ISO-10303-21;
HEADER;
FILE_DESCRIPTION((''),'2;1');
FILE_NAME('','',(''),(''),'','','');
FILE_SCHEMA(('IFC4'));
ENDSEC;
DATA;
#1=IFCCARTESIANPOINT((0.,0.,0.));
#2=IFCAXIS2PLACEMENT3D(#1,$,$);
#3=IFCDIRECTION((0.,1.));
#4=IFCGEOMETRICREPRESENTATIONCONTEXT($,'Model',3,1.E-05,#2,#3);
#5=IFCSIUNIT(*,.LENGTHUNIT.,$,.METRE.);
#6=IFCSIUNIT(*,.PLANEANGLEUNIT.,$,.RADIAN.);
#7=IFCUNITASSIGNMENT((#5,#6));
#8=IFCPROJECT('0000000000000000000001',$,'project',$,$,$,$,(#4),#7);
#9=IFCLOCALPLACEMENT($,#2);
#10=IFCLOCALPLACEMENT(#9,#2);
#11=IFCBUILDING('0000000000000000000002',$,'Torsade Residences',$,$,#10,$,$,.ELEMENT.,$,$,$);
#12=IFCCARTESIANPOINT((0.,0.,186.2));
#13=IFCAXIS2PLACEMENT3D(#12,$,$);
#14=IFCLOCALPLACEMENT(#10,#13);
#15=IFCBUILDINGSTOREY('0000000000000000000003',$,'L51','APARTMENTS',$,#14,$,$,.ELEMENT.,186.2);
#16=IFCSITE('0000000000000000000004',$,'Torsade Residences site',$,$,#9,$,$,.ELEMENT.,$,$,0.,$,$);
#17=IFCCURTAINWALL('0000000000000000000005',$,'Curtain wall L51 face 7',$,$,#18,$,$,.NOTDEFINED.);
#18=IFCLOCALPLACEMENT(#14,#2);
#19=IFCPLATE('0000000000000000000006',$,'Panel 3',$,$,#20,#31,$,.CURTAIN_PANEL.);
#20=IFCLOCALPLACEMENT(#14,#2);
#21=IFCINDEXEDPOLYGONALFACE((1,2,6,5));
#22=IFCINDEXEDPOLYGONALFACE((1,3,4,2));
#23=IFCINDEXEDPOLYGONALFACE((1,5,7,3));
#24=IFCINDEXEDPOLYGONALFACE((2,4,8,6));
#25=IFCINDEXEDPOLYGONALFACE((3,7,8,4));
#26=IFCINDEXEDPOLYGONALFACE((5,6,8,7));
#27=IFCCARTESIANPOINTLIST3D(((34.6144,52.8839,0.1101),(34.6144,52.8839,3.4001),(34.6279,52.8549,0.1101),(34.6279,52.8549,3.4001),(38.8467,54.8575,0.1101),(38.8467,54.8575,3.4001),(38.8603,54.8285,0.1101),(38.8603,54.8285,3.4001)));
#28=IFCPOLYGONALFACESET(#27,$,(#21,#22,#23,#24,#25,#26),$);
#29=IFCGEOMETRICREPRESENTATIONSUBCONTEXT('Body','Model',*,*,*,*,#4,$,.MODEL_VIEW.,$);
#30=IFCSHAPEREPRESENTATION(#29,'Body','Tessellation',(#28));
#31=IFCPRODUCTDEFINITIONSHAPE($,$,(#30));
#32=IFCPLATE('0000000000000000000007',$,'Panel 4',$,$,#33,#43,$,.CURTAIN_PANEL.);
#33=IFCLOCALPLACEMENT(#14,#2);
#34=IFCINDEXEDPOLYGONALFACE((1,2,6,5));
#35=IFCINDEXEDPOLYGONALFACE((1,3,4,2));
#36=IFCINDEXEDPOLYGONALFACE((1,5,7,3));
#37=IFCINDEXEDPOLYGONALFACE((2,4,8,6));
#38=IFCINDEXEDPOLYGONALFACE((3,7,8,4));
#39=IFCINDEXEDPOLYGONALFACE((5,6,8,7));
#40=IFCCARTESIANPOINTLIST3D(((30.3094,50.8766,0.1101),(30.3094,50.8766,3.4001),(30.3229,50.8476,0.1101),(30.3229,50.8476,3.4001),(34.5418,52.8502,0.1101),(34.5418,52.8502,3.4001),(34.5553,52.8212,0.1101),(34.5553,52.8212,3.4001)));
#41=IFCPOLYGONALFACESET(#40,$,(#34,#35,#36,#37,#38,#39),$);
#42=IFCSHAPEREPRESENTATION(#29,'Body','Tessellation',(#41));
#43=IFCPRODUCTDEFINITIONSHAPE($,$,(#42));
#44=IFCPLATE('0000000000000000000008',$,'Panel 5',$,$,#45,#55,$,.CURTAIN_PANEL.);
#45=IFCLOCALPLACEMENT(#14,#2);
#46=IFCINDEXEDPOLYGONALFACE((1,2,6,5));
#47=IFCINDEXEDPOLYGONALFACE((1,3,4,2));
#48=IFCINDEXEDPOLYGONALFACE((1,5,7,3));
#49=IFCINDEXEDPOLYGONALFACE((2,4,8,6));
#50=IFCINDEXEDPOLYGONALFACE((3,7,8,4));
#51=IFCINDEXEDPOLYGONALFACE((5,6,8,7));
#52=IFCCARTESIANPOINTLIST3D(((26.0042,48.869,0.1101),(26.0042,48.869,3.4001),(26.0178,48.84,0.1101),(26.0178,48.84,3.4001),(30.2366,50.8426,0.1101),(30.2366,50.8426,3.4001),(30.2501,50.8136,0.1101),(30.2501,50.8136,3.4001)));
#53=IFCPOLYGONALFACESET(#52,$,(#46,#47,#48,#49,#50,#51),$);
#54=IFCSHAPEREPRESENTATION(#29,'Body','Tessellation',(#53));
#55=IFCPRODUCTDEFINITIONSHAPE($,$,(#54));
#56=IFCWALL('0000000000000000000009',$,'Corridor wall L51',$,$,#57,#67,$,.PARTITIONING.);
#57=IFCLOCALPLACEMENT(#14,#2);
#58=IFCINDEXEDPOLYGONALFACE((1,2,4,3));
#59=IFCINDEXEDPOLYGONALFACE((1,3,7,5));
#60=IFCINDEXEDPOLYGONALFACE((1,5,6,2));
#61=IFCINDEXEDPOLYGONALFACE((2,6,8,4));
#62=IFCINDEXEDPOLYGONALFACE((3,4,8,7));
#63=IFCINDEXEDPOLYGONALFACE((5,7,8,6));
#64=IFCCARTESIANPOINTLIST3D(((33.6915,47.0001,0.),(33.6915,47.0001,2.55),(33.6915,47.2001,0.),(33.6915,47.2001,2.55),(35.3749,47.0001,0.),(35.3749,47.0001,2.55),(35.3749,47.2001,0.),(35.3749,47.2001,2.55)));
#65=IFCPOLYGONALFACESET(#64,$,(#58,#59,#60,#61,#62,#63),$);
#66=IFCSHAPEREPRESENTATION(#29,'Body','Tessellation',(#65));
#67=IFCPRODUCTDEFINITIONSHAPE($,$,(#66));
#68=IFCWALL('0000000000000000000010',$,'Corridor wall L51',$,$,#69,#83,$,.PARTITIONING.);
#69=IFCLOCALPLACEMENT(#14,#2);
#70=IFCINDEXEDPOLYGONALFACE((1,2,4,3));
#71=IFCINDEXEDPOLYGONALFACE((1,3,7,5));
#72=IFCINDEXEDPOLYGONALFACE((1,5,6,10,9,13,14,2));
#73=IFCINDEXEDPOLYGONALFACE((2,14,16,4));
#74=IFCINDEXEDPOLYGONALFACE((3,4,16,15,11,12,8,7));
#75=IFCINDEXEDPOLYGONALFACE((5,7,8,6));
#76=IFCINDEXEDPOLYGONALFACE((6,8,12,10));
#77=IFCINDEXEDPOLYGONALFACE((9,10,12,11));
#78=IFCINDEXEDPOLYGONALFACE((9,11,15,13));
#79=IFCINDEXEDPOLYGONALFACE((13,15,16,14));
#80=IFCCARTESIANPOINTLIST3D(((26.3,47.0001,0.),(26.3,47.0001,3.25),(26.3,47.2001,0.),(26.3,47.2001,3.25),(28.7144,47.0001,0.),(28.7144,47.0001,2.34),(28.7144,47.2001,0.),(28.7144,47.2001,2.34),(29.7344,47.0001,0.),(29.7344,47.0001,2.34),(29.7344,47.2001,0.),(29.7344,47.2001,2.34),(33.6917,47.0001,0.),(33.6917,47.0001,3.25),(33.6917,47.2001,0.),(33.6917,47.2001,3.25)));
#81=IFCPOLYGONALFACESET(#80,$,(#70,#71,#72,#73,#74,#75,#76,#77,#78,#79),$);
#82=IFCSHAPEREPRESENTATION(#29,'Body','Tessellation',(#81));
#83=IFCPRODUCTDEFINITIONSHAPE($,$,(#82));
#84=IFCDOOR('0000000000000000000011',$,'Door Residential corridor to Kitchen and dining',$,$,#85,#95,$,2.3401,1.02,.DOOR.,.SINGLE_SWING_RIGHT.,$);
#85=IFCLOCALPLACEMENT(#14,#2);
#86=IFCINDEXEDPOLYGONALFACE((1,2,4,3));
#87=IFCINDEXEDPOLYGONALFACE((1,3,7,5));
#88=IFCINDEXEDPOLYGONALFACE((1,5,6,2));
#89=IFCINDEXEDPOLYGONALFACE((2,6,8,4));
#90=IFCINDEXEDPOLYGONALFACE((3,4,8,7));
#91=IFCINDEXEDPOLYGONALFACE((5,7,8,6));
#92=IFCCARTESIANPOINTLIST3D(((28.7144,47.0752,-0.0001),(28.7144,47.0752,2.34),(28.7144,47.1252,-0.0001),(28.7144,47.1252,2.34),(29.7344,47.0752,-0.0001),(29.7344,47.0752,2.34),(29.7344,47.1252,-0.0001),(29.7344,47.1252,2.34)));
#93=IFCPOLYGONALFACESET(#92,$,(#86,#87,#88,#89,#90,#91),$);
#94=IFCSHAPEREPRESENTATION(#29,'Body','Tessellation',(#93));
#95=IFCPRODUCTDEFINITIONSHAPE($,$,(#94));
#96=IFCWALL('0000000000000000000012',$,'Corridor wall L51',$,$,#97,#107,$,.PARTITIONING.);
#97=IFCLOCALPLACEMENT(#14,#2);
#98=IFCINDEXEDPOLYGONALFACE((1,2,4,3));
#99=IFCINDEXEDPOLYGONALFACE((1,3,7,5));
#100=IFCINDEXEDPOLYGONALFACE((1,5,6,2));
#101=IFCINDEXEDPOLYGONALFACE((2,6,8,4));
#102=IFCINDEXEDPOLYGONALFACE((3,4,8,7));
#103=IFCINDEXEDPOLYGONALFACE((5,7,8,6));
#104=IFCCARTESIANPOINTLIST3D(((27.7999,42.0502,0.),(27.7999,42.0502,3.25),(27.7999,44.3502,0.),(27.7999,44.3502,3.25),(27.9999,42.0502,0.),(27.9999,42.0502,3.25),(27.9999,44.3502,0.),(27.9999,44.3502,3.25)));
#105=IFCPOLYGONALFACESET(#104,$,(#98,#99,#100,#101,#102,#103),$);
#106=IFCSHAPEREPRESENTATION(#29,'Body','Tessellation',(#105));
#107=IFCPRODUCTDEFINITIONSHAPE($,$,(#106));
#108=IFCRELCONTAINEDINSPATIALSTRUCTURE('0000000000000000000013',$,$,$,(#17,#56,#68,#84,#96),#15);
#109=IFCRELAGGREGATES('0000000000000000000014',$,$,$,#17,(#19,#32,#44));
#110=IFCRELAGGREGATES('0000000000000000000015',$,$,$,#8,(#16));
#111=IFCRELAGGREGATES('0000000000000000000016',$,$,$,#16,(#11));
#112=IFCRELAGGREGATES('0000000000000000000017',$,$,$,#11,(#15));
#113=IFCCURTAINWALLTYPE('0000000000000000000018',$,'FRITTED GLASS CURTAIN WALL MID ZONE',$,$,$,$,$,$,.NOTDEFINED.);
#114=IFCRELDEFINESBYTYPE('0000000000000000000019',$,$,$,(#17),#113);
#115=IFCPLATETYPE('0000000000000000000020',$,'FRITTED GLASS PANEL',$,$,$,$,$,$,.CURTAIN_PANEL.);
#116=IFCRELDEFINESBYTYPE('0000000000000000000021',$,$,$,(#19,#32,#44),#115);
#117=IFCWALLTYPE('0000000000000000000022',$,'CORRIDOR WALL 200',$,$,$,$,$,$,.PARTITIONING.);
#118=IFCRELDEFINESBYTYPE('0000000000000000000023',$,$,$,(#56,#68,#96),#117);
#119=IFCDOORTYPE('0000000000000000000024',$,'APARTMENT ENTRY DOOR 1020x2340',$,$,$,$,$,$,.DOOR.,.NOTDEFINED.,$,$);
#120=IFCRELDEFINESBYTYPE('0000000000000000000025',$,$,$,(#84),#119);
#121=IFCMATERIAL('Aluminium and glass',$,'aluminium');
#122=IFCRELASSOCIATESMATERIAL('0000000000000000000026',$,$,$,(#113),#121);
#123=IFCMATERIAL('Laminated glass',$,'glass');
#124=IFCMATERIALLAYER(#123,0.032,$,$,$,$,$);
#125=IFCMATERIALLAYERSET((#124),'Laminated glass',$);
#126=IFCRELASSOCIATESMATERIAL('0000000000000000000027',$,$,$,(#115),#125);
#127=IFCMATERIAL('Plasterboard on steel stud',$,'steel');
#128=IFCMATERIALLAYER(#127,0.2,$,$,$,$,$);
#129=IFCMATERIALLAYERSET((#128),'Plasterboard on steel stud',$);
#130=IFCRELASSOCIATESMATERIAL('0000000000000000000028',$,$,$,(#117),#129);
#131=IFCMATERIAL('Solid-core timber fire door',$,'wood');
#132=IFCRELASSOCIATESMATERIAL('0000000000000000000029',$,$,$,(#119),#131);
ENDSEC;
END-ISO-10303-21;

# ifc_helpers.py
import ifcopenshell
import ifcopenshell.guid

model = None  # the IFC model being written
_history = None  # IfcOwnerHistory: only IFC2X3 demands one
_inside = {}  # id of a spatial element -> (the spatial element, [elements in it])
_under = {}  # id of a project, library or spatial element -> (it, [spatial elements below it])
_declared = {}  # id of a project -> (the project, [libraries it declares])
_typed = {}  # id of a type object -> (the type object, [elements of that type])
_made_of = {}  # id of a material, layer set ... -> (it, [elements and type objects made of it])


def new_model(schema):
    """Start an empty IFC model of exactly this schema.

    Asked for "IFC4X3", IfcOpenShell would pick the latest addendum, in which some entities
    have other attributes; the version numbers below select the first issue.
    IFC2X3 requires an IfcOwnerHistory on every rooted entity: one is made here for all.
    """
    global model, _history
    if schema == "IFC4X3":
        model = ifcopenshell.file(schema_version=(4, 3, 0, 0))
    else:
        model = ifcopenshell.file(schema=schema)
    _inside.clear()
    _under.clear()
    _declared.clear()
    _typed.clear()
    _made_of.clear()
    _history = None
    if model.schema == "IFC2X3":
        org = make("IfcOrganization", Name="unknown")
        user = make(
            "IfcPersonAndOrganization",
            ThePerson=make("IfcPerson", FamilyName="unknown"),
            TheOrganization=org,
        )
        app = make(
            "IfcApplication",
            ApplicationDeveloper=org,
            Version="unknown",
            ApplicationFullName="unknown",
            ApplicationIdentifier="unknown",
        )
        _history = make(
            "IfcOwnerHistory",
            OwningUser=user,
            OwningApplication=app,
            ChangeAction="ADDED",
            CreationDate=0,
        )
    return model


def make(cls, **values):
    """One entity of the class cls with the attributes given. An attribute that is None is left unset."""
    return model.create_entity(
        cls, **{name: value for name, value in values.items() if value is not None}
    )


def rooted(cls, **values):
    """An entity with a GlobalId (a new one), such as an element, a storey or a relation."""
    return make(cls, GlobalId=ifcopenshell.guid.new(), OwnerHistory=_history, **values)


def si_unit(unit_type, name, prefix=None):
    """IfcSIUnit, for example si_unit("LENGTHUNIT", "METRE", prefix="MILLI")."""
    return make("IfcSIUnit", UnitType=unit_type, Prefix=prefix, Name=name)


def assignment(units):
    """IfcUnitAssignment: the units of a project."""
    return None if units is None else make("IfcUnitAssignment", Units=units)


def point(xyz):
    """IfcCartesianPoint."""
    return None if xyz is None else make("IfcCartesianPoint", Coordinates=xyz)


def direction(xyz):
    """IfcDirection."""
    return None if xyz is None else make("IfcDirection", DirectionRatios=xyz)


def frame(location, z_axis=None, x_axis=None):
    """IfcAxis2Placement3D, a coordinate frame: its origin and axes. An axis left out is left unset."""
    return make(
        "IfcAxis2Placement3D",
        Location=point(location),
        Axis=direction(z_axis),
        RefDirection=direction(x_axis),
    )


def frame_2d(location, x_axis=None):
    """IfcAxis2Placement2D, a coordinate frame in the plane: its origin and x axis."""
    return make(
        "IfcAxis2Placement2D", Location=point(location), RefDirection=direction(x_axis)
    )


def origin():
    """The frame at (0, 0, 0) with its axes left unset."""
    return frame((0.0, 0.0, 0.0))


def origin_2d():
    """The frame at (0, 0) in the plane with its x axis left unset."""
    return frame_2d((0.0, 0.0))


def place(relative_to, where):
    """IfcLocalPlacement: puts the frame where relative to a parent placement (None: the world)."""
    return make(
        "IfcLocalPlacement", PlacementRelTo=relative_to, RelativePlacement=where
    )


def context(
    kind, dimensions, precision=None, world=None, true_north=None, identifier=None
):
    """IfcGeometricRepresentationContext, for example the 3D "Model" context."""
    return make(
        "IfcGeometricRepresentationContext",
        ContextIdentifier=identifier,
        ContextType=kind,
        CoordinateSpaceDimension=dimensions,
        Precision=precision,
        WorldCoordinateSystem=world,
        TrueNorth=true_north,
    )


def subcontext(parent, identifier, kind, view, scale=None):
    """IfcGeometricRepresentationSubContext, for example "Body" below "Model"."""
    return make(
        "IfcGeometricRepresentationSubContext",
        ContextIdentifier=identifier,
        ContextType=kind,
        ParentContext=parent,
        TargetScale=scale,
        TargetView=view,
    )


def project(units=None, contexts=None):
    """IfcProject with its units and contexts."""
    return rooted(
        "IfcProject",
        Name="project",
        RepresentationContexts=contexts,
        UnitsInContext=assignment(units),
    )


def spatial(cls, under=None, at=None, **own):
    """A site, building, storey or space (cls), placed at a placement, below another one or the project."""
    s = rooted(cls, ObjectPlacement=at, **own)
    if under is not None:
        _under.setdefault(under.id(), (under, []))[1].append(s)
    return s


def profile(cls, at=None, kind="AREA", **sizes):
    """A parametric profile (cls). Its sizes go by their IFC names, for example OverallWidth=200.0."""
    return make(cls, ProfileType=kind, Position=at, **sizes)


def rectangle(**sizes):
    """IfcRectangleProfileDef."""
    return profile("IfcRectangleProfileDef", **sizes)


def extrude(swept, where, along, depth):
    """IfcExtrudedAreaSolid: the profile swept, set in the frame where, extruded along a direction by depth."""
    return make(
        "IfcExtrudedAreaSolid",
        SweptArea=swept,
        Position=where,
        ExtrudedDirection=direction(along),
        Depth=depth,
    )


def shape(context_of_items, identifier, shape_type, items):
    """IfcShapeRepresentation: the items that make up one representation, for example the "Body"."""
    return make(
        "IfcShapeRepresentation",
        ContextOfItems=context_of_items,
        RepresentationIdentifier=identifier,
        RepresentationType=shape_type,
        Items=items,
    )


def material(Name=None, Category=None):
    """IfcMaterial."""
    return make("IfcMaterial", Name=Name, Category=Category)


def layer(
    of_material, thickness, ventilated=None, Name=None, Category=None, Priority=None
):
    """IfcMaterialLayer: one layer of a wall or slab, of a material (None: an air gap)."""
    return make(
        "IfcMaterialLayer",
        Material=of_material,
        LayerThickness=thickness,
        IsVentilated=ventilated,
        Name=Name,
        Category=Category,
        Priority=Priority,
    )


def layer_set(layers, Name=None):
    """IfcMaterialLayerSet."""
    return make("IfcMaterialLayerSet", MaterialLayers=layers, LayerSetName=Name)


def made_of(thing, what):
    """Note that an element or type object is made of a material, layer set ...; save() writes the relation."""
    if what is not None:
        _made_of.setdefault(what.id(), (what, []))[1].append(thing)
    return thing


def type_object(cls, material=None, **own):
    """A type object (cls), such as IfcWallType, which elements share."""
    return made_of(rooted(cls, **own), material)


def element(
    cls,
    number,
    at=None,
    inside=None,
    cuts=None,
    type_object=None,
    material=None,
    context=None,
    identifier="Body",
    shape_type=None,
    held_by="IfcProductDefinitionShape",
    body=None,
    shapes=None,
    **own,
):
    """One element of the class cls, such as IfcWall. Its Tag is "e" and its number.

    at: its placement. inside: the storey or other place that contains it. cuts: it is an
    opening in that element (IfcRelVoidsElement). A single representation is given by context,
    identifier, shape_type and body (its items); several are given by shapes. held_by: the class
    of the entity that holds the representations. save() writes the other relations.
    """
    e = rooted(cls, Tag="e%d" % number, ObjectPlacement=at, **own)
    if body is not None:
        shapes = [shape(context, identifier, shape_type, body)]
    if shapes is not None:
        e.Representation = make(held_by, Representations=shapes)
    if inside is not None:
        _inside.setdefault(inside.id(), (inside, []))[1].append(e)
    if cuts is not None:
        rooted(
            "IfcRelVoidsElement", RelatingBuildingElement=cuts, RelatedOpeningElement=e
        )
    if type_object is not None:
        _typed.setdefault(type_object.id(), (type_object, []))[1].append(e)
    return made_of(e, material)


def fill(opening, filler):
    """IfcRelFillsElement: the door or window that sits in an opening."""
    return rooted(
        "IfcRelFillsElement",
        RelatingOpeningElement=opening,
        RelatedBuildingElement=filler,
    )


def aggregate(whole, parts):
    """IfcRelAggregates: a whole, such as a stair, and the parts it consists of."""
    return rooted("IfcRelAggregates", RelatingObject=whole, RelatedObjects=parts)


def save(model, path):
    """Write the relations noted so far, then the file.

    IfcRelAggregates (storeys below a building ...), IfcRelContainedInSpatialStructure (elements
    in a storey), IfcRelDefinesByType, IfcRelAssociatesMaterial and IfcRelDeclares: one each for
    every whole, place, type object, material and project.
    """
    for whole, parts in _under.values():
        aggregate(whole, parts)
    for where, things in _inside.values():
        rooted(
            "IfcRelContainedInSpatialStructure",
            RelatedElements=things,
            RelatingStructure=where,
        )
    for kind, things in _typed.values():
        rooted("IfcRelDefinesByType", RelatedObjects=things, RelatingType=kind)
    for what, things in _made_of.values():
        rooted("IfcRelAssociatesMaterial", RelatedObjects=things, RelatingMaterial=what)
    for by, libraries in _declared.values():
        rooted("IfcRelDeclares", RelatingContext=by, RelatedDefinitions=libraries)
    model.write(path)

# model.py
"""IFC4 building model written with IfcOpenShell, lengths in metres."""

from ifc_helpers import new_model, si_unit, direction, frame, frame_2d, origin, origin_2d, place, context, subcontext, project, spatial, rectangle, extrude, material, layer, layer_set, type_object, element, fill, aggregate, save


model = new_model("IFC4")

# Units and contexts
model_context = context("Model", 3, precision=1e-05, world=origin(), true_north=direction((0.0, 1.0)))
body_context = subcontext(model_context, "Body", "Model", "MODEL_VIEW")
ifc_project = project(units=[si_unit("LENGTHUNIT", "METRE"), si_unit("PLANEANGLEUNIT", "RADIAN")], contexts=[model_context])

# Site, building, storey
site_placement = place(None, origin())
site = spatial("IfcSite", under=ifc_project, at=site_placement, Name="Torsade Residences site", CompositionType="ELEMENT", RefElevation=0.0)
building_placement = place(site_placement, origin())
building = spatial("IfcBuilding", under=site, at=building_placement, Name="Torsade Residences", CompositionType="ELEMENT")
storey_placement = place(building_placement, frame((0.0, 0.0, 186.2)))
storey = spatial("IfcBuildingStorey", under=building, at=storey_placement, Name="L51", Description="APARTMENTS", CompositionType="ELEMENT", Elevation=186.2)

# Curtain wall
ifc_material_1 = material(Name="Aluminium and glass", Category="aluminium")
curtain_wall_type = type_object("IfcCurtainWallType", Name="FRITTED GLASS CURTAIN WALL MID ZONE", PredefinedType="NOTDEFINED", material=ifc_material_1)
curtain_wall_placement = place(storey_placement, origin())
curtain_wall = element("IfcCurtainWall", 1, at=curtain_wall_placement, inside=storey, type_object=curtain_wall_type, Name="Curtain wall L51 face 7", PredefinedType="NOTDEFINED")

# Plates
ifc_material_2 = material(Name="Laminated glass", Category="glass")
ifc_layer_1 = layer(ifc_material_2, 0.032)
ifc_layer_set_1 = layer_set([ifc_layer_1], Name="Laminated glass")
plate_type = type_object("IfcPlateType", Name="FRITTED GLASS PANEL", PredefinedType="CURTAIN_PANEL", material=ifc_layer_set_1)
plate_1_placement = place(storey_placement, frame((36.7373, 53.8562, 0.1101), z_axis=(0.0, 0.0, 1.0), x_axis=(-0.906308, -0.422618, 0.0)))
plate_1 = element("IfcPlate", 2, at=plate_1_placement, type_object=plate_type, Name="Panel 3", PredefinedType="CURTAIN_PANEL", context=body_context, shape_type="SweptSolid", body=[
    extrude(rectangle(XDim=4.6699, YDim=0.032, at=origin_2d()), origin(), (0.0, 0.0, 1.0), 3.29),
])
plate_2_placement = place(storey_placement, frame((32.4324, 51.8489, 0.1101), z_axis=(0.0, 0.0, 1.0), x_axis=(-0.906308, -0.422618, 0.0)))
plate_2 = element("IfcPlate", 3, at=plate_2_placement, type_object=plate_type, Name="Panel 4", PredefinedType="CURTAIN_PANEL", context=body_context, shape_type="SweptSolid", body=[
    extrude(rectangle(XDim=4.6699, YDim=0.032, at=origin_2d()), origin(), (0.0, 0.0, 1.0), 3.29),
])
plate_3_placement = place(storey_placement, frame((28.1272, 49.8413, 0.1101), z_axis=(0.0, 0.0, 1.0), x_axis=(-0.906308, -0.422618, 0.0)))
plate_3 = element("IfcPlate", 4, at=plate_3_placement, type_object=plate_type, Name="Panel 5", PredefinedType="CURTAIN_PANEL", context=body_context, shape_type="SweptSolid", body=[
    extrude(rectangle(XDim=4.6699, YDim=0.032, at=origin_2d()), origin(), (0.0, 0.0, 1.0), 3.29),
])
aggregate(curtain_wall, [plate_1, plate_2, plate_3])

# Wall
ifc_material_3 = material(Name="Plasterboard on steel stud", Category="steel")
ifc_layer_2 = layer(ifc_material_3, 0.2)
ifc_layer_set_2 = layer_set([ifc_layer_2], Name="Plasterboard on steel stud")
wall_type_1 = type_object("IfcWallType", Name="CORRIDOR WALL 200", PredefinedType="PARTITIONING", material=ifc_layer_set_2)
wall_1_placement = place(storey_placement, frame((35.375, 47.1001, 0.0), z_axis=(0.0, 0.0, 1.0), x_axis=(-1.0, 0.0, 0.0)))
element("IfcWall", 5, at=wall_1_placement, inside=storey, type_object=wall_type_1, Name="Corridor wall L51", PredefinedType="PARTITIONING", context=body_context, shape_type="SweptSolid", body=[
    extrude(rectangle(XDim=1.6833, YDim=0.2, at=frame_2d((0.8418, 0.0))), origin(), (0.0, 0.0, 1.0), 2.55),
])

# Wall, opening, door
wall_2_placement = place(storey_placement, frame((33.6917, 47.1001, 0.0), z_axis=(0.0, 0.0, 1.0), x_axis=(-1.0, 0.0, 0.0)))
wall_2 = element("IfcWall", 6, at=wall_2_placement, inside=storey, type_object=wall_type_1, Name="Corridor wall L51", PredefinedType="PARTITIONING", context=body_context, shape_type="SweptSolid", body=[
    extrude(rectangle(XDim=7.3916, YDim=0.2, at=frame_2d((3.6958, 0.0))), origin(), (0.0, 0.0, 1.0), 3.25),
])
opening_1_placement = place(wall_2_placement, frame((3.9573, 0.0, 0.0)))
opening_1 = element("IfcOpeningElement", 7, at=opening_1_placement, cuts=wall_2, PredefinedType="OPENING", context=body_context, shape_type="SweptSolid", body=[
    extrude(rectangle(XDim=1.02, YDim=2.3401, at=frame_2d((0.51, 1.1699))), frame((0.0, 0.1099, 0.0), z_axis=(0.0, -1.0, 0.0), x_axis=(1.0, 0.0, 0.0)), (0.0, 0.0, 1.0), 0.22),
])
ifc_material_4 = material(Name="Solid-core timber fire door", Category="wood")
door_type_1 = type_object("IfcDoorType", Name="APARTMENT ENTRY DOOR 1020x2340", OperationType="NOTDEFINED", PredefinedType="DOOR", material=ifc_material_4)
door_1_placement = place(opening_1_placement, origin())
door_1 = element("IfcDoor", 8, at=door_1_placement, inside=storey, type_object=door_type_1, Name="Door Residential corridor to Kitchen and dining", OperationType="SINGLE_SWING_RIGHT", OverallHeight=2.3401, OverallWidth=1.02, PredefinedType="DOOR", context=body_context, shape_type="SweptSolid", body=[
    extrude(rectangle(XDim=1.02, YDim=2.3401, at=frame_2d((0.51, 1.1699))), frame((0.0, 0.0249, 0.0), z_axis=(0.0, -1.0, 0.0), x_axis=(1.0, 0.0, 0.0)), (0.0, 0.0, 1.0), 0.05),
])
fill(opening_1, door_1)

# Wall
wall_3_placement = place(storey_placement, frame((27.8999, 44.3501, 0.0), z_axis=(0.0, 0.0, 1.0), x_axis=(0.0, -1.0, 0.0)))
element("IfcWall", 9, at=wall_3_placement, inside=storey, type_object=wall_type_1, Name="Corridor wall L51", PredefinedType="PARTITIONING", context=body_context, shape_type="SweptSolid", body=[
    extrude(rectangle(XDim=2.3, YDim=0.2, at=frame_2d((1.1499, 0.0))), origin(), (0.0, 0.0, 1.0), 3.25),
])

save(model, "model.ifc")
